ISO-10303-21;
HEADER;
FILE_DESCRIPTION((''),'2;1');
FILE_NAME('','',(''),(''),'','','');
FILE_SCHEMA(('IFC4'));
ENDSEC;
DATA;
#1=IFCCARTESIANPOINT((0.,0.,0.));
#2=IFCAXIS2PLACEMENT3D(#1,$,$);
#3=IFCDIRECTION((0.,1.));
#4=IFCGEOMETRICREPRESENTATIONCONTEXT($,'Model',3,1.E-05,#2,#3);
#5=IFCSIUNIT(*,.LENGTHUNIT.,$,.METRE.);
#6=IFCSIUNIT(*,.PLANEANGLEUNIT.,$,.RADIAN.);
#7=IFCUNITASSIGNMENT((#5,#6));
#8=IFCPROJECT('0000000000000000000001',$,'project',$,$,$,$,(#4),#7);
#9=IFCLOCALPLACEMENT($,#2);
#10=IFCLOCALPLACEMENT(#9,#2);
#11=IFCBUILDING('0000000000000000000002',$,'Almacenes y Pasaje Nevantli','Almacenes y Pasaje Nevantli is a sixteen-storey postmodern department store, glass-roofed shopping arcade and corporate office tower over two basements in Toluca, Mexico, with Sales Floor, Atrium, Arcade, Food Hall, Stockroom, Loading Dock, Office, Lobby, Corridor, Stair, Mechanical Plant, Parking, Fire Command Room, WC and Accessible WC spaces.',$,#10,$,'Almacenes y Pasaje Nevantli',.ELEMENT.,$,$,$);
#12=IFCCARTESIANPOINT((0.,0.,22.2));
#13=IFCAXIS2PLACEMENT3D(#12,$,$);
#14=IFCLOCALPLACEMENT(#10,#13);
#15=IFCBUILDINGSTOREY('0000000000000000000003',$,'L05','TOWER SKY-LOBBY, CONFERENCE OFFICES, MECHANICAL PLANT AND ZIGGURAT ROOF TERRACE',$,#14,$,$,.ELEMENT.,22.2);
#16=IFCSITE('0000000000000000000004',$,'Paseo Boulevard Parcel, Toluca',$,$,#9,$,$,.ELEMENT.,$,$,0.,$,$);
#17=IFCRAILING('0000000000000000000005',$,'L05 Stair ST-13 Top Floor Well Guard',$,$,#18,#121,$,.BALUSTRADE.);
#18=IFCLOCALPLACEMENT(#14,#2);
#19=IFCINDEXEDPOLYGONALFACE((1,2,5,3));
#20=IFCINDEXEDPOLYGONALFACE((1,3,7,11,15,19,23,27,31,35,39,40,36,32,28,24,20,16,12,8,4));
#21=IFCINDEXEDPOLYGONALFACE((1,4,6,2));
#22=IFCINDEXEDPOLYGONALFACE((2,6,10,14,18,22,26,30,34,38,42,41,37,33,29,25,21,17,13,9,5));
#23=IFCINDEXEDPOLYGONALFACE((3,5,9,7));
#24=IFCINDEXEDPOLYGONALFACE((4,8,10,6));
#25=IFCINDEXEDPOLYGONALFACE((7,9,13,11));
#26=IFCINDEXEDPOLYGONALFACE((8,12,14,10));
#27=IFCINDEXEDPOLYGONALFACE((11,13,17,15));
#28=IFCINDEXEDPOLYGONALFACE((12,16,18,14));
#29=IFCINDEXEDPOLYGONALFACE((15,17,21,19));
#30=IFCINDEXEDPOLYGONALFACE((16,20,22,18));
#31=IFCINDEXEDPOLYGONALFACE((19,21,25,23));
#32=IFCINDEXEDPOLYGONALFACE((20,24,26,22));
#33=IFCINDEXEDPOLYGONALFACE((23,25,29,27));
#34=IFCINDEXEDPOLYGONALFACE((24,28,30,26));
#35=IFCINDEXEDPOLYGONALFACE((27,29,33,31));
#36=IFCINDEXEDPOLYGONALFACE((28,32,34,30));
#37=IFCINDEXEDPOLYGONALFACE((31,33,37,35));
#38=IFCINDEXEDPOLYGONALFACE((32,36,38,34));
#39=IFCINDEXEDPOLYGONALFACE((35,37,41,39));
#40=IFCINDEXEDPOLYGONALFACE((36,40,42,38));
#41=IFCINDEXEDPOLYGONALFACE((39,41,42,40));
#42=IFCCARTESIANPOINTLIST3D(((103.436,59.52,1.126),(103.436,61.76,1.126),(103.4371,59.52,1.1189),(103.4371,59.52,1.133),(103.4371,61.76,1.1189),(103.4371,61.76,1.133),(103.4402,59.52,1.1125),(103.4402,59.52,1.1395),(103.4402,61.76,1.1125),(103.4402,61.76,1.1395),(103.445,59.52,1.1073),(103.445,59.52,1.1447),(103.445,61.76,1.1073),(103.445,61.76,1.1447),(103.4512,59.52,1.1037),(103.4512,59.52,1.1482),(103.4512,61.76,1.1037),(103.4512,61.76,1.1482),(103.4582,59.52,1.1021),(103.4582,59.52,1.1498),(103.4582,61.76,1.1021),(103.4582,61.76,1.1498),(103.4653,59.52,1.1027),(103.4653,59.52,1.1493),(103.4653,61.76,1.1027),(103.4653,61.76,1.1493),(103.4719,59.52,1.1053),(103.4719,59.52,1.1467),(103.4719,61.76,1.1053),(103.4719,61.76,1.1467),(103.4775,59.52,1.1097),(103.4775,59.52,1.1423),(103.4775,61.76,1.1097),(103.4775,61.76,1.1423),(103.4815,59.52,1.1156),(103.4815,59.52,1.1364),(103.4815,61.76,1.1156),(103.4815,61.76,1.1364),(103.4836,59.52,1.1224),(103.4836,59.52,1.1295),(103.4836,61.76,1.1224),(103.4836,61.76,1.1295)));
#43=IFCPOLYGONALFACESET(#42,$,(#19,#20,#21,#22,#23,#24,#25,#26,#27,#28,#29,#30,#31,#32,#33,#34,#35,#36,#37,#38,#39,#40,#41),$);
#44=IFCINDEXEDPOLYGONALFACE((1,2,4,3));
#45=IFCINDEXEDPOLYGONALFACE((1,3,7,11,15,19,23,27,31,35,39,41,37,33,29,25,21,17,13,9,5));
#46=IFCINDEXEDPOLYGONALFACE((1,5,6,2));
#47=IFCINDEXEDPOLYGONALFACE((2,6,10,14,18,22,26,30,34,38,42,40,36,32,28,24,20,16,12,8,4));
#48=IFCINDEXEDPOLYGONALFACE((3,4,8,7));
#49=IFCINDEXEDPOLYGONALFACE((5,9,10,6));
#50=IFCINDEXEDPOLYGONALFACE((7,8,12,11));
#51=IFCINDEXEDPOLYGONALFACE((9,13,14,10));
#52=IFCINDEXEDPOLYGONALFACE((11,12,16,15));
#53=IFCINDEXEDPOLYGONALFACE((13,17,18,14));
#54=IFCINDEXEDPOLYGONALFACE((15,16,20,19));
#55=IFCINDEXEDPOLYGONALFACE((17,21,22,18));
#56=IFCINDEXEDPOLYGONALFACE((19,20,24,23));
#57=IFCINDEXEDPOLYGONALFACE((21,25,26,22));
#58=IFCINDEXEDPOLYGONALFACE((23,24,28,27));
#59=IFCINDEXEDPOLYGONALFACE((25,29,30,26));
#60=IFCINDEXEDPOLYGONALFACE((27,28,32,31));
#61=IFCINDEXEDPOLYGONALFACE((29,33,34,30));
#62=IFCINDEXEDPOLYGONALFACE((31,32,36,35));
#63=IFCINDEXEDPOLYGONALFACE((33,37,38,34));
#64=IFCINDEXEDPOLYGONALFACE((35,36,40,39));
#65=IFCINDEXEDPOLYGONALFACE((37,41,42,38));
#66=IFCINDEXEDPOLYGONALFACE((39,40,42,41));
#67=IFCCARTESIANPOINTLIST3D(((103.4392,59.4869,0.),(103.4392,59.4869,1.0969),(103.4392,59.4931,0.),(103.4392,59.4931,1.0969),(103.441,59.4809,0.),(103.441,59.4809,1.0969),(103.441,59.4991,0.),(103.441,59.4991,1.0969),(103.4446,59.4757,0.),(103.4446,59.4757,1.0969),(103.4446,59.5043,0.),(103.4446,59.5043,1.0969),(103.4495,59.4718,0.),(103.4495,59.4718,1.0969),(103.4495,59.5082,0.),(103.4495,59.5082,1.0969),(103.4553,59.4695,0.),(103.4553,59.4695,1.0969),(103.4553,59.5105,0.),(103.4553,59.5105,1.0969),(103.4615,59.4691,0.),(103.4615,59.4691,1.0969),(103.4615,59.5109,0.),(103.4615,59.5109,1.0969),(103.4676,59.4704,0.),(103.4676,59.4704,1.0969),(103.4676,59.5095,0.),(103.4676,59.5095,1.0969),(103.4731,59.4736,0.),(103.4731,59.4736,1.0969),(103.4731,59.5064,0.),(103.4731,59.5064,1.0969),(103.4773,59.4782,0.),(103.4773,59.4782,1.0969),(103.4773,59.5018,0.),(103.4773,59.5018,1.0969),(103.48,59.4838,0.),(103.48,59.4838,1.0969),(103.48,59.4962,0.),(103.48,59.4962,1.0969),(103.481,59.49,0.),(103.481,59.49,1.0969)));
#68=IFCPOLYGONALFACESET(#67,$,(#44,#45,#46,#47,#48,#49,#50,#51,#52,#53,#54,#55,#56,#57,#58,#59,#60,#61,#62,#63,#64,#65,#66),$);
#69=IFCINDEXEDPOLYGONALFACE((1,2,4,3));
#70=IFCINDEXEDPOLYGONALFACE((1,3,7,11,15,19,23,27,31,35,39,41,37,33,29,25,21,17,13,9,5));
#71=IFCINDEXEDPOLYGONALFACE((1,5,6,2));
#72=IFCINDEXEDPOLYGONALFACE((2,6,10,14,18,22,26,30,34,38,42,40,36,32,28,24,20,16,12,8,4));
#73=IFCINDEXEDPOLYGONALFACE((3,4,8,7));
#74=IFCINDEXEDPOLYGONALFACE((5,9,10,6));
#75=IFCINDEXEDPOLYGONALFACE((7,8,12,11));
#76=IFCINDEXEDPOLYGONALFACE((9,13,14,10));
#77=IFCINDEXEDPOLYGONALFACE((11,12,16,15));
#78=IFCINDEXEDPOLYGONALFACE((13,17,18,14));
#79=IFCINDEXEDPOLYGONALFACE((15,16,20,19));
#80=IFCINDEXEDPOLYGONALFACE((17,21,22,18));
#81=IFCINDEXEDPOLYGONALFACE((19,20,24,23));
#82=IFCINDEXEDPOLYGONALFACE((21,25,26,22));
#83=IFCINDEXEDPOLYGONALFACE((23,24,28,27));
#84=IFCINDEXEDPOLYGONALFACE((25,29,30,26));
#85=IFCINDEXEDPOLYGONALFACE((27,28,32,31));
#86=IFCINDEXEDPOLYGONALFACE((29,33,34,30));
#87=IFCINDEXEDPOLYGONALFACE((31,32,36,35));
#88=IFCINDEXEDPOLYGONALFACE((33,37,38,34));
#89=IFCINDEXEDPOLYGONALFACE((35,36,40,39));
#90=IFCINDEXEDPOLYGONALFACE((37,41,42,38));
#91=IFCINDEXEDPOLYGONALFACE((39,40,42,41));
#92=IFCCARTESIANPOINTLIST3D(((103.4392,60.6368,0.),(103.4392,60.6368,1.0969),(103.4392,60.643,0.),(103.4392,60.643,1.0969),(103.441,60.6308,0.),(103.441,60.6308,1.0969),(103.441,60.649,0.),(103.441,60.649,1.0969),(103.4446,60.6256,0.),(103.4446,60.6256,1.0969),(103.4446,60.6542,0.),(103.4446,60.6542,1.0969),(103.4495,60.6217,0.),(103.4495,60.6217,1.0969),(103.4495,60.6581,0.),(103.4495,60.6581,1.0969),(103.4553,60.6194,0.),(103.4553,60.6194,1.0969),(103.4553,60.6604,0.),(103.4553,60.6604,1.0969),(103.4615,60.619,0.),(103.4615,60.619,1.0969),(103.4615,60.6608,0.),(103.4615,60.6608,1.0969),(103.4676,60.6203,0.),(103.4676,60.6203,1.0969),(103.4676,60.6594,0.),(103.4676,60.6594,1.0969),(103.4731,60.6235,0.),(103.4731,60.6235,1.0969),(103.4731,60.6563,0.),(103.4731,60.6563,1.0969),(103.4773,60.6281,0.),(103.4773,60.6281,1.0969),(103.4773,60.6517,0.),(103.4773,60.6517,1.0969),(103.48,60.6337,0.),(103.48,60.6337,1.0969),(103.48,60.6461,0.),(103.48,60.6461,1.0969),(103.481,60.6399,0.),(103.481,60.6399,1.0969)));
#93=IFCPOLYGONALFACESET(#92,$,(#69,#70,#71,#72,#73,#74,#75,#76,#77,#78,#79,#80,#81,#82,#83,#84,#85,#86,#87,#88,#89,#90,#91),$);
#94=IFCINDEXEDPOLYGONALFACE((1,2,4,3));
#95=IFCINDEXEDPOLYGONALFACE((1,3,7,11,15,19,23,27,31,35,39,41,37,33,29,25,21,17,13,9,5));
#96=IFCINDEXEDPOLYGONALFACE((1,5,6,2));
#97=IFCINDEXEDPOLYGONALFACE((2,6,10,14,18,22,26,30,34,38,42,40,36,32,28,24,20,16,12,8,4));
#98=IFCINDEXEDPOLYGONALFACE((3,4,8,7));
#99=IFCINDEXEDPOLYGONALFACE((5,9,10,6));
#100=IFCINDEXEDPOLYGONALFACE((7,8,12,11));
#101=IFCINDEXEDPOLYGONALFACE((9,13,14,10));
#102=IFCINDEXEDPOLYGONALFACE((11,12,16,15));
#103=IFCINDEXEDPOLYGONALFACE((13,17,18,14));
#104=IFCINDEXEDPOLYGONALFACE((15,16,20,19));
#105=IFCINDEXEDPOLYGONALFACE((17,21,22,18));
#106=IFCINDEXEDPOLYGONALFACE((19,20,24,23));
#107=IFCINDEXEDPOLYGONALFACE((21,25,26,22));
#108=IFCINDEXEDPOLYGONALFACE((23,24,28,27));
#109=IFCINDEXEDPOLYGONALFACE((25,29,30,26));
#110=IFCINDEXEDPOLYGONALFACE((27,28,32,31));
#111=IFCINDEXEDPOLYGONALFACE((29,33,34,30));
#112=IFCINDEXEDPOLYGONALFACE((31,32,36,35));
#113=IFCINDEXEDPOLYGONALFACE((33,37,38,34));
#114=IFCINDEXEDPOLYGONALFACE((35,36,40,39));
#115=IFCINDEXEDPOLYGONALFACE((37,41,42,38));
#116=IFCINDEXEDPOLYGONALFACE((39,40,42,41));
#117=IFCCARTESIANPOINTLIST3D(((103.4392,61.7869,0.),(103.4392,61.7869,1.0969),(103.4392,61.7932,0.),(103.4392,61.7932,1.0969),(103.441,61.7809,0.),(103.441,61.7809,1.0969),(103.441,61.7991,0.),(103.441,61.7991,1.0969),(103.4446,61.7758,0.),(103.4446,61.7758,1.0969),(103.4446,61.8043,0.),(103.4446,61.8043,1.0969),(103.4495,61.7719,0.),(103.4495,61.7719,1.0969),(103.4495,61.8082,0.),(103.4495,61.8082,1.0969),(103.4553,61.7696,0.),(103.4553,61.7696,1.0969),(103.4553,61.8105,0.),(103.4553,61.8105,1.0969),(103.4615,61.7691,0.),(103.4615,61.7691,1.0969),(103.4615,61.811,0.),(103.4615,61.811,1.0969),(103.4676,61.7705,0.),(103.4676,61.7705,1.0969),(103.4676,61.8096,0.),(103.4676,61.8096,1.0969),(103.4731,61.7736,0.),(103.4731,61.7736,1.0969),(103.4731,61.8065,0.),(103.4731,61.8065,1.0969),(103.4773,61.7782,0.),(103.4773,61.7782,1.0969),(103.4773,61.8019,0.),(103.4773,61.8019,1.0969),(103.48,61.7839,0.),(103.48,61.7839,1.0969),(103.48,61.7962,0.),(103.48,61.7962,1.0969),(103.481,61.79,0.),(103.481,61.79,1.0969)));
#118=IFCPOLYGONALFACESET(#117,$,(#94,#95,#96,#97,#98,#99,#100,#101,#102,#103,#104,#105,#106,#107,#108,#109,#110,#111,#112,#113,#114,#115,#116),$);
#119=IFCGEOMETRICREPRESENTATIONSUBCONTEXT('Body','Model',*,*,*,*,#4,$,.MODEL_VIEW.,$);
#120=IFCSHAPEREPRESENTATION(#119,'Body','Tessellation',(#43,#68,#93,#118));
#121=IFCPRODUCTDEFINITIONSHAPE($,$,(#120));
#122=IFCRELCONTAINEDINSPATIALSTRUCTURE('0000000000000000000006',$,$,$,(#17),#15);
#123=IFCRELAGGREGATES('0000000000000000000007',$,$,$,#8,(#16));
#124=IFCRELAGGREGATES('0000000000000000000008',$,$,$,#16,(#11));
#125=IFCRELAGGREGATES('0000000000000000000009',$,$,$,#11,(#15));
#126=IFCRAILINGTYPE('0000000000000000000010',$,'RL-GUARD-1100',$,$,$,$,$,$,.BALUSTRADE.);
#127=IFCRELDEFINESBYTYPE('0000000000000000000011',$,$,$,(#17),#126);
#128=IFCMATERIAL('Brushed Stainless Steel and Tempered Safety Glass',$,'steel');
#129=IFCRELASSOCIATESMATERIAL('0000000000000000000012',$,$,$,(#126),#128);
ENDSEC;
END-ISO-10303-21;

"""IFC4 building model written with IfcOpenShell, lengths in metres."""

from ifc_helpers import new_model, si_unit, direction, frame, origin, origin_2d, place, context, subcontext, project, spatial, circle, extrude, material, type_object, element, save


model = new_model("IFC4")

# Units and contexts
model_context = context("Model", 3, precision=1e-05, world=origin(), true_north=direction((0.0, 1.0)))
body_context = subcontext(model_context, "Body", "Model", "MODEL_VIEW")
ifc_project = project(units=[si_unit("LENGTHUNIT", "METRE"), si_unit("PLANEANGLEUNIT", "RADIAN")], contexts=[model_context])

# Site, building, storey
site_placement = place(None, origin())
site = spatial("IfcSite", under=ifc_project, at=site_placement, Name="Paseo Boulevard Parcel, Toluca", CompositionType="ELEMENT", RefElevation=0.0)
building_placement = place(site_placement, origin())
building = spatial("IfcBuilding", under=site, at=building_placement, Name="Almacenes y Pasaje Nevantli", Description="Almacenes y Pasaje Nevantli is a sixteen-storey postmodern department store, glass-roofed shopping arcade and corporate office tower over two basements in Toluca, Mexico, with Sales Floor, Atrium, Arcade, Food Hall, Stockroom, Loading Dock, Office, Lobby, Corridor, Stair, Mechanical Plant, Parking, Fire Command Room, WC and Accessible WC spaces.", LongName="Almacenes y Pasaje Nevantli", CompositionType="ELEMENT")
storey_placement = place(building_placement, frame((0.0, 0.0, 22.2)))
storey = spatial("IfcBuildingStorey", under=building, at=storey_placement, Name="L05", Description="TOWER SKY-LOBBY, CONFERENCE OFFICES, MECHANICAL PLANT AND ZIGGURAT ROOF TERRACE", CompositionType="ELEMENT", Elevation=22.2)

# Railing
ifc_material_1 = material(Name="Brushed Stainless Steel and Tempered Safety Glass", Category="steel")
railing_type = type_object("IfcRailingType", Name="RL-GUARD-1100", PredefinedType="BALUSTRADE", material=ifc_material_1)
railing_placement = place(storey_placement, frame((103.46, 59.49, 0.0)))
element("IfcRailing", 1, at=railing_placement, inside=storey, type_object=railing_type, Name="L05 Stair ST-13 Top Floor Well Guard", PredefinedType="BALUSTRADE", context=body_context, shape_type="SweptSolid", body=[
    extrude(circle(Radius=0.0239, at=origin_2d()), frame((0.0, 0.03, 1.126), z_axis=(0.0, 1.0, 0.0), x_axis=(-1.0, 0.0, 0.0)), (0.0, 0.0, 1.0), 2.24),
    extrude(circle(Radius=0.021, at=origin_2d()), origin(), (0.0, 0.0, 1.0), 1.0969),
    extrude(circle(Radius=0.021, at=origin_2d()), frame((0.0, 1.1499, 0.0)), (0.0, 0.0, 1.0), 1.0969),
    extrude(circle(Radius=0.021, at=origin_2d()), frame((0.0, 2.3, 0.0)), (0.0, 0.0, 1.0), 1.0969),
])

save(model, "model.ifc")
